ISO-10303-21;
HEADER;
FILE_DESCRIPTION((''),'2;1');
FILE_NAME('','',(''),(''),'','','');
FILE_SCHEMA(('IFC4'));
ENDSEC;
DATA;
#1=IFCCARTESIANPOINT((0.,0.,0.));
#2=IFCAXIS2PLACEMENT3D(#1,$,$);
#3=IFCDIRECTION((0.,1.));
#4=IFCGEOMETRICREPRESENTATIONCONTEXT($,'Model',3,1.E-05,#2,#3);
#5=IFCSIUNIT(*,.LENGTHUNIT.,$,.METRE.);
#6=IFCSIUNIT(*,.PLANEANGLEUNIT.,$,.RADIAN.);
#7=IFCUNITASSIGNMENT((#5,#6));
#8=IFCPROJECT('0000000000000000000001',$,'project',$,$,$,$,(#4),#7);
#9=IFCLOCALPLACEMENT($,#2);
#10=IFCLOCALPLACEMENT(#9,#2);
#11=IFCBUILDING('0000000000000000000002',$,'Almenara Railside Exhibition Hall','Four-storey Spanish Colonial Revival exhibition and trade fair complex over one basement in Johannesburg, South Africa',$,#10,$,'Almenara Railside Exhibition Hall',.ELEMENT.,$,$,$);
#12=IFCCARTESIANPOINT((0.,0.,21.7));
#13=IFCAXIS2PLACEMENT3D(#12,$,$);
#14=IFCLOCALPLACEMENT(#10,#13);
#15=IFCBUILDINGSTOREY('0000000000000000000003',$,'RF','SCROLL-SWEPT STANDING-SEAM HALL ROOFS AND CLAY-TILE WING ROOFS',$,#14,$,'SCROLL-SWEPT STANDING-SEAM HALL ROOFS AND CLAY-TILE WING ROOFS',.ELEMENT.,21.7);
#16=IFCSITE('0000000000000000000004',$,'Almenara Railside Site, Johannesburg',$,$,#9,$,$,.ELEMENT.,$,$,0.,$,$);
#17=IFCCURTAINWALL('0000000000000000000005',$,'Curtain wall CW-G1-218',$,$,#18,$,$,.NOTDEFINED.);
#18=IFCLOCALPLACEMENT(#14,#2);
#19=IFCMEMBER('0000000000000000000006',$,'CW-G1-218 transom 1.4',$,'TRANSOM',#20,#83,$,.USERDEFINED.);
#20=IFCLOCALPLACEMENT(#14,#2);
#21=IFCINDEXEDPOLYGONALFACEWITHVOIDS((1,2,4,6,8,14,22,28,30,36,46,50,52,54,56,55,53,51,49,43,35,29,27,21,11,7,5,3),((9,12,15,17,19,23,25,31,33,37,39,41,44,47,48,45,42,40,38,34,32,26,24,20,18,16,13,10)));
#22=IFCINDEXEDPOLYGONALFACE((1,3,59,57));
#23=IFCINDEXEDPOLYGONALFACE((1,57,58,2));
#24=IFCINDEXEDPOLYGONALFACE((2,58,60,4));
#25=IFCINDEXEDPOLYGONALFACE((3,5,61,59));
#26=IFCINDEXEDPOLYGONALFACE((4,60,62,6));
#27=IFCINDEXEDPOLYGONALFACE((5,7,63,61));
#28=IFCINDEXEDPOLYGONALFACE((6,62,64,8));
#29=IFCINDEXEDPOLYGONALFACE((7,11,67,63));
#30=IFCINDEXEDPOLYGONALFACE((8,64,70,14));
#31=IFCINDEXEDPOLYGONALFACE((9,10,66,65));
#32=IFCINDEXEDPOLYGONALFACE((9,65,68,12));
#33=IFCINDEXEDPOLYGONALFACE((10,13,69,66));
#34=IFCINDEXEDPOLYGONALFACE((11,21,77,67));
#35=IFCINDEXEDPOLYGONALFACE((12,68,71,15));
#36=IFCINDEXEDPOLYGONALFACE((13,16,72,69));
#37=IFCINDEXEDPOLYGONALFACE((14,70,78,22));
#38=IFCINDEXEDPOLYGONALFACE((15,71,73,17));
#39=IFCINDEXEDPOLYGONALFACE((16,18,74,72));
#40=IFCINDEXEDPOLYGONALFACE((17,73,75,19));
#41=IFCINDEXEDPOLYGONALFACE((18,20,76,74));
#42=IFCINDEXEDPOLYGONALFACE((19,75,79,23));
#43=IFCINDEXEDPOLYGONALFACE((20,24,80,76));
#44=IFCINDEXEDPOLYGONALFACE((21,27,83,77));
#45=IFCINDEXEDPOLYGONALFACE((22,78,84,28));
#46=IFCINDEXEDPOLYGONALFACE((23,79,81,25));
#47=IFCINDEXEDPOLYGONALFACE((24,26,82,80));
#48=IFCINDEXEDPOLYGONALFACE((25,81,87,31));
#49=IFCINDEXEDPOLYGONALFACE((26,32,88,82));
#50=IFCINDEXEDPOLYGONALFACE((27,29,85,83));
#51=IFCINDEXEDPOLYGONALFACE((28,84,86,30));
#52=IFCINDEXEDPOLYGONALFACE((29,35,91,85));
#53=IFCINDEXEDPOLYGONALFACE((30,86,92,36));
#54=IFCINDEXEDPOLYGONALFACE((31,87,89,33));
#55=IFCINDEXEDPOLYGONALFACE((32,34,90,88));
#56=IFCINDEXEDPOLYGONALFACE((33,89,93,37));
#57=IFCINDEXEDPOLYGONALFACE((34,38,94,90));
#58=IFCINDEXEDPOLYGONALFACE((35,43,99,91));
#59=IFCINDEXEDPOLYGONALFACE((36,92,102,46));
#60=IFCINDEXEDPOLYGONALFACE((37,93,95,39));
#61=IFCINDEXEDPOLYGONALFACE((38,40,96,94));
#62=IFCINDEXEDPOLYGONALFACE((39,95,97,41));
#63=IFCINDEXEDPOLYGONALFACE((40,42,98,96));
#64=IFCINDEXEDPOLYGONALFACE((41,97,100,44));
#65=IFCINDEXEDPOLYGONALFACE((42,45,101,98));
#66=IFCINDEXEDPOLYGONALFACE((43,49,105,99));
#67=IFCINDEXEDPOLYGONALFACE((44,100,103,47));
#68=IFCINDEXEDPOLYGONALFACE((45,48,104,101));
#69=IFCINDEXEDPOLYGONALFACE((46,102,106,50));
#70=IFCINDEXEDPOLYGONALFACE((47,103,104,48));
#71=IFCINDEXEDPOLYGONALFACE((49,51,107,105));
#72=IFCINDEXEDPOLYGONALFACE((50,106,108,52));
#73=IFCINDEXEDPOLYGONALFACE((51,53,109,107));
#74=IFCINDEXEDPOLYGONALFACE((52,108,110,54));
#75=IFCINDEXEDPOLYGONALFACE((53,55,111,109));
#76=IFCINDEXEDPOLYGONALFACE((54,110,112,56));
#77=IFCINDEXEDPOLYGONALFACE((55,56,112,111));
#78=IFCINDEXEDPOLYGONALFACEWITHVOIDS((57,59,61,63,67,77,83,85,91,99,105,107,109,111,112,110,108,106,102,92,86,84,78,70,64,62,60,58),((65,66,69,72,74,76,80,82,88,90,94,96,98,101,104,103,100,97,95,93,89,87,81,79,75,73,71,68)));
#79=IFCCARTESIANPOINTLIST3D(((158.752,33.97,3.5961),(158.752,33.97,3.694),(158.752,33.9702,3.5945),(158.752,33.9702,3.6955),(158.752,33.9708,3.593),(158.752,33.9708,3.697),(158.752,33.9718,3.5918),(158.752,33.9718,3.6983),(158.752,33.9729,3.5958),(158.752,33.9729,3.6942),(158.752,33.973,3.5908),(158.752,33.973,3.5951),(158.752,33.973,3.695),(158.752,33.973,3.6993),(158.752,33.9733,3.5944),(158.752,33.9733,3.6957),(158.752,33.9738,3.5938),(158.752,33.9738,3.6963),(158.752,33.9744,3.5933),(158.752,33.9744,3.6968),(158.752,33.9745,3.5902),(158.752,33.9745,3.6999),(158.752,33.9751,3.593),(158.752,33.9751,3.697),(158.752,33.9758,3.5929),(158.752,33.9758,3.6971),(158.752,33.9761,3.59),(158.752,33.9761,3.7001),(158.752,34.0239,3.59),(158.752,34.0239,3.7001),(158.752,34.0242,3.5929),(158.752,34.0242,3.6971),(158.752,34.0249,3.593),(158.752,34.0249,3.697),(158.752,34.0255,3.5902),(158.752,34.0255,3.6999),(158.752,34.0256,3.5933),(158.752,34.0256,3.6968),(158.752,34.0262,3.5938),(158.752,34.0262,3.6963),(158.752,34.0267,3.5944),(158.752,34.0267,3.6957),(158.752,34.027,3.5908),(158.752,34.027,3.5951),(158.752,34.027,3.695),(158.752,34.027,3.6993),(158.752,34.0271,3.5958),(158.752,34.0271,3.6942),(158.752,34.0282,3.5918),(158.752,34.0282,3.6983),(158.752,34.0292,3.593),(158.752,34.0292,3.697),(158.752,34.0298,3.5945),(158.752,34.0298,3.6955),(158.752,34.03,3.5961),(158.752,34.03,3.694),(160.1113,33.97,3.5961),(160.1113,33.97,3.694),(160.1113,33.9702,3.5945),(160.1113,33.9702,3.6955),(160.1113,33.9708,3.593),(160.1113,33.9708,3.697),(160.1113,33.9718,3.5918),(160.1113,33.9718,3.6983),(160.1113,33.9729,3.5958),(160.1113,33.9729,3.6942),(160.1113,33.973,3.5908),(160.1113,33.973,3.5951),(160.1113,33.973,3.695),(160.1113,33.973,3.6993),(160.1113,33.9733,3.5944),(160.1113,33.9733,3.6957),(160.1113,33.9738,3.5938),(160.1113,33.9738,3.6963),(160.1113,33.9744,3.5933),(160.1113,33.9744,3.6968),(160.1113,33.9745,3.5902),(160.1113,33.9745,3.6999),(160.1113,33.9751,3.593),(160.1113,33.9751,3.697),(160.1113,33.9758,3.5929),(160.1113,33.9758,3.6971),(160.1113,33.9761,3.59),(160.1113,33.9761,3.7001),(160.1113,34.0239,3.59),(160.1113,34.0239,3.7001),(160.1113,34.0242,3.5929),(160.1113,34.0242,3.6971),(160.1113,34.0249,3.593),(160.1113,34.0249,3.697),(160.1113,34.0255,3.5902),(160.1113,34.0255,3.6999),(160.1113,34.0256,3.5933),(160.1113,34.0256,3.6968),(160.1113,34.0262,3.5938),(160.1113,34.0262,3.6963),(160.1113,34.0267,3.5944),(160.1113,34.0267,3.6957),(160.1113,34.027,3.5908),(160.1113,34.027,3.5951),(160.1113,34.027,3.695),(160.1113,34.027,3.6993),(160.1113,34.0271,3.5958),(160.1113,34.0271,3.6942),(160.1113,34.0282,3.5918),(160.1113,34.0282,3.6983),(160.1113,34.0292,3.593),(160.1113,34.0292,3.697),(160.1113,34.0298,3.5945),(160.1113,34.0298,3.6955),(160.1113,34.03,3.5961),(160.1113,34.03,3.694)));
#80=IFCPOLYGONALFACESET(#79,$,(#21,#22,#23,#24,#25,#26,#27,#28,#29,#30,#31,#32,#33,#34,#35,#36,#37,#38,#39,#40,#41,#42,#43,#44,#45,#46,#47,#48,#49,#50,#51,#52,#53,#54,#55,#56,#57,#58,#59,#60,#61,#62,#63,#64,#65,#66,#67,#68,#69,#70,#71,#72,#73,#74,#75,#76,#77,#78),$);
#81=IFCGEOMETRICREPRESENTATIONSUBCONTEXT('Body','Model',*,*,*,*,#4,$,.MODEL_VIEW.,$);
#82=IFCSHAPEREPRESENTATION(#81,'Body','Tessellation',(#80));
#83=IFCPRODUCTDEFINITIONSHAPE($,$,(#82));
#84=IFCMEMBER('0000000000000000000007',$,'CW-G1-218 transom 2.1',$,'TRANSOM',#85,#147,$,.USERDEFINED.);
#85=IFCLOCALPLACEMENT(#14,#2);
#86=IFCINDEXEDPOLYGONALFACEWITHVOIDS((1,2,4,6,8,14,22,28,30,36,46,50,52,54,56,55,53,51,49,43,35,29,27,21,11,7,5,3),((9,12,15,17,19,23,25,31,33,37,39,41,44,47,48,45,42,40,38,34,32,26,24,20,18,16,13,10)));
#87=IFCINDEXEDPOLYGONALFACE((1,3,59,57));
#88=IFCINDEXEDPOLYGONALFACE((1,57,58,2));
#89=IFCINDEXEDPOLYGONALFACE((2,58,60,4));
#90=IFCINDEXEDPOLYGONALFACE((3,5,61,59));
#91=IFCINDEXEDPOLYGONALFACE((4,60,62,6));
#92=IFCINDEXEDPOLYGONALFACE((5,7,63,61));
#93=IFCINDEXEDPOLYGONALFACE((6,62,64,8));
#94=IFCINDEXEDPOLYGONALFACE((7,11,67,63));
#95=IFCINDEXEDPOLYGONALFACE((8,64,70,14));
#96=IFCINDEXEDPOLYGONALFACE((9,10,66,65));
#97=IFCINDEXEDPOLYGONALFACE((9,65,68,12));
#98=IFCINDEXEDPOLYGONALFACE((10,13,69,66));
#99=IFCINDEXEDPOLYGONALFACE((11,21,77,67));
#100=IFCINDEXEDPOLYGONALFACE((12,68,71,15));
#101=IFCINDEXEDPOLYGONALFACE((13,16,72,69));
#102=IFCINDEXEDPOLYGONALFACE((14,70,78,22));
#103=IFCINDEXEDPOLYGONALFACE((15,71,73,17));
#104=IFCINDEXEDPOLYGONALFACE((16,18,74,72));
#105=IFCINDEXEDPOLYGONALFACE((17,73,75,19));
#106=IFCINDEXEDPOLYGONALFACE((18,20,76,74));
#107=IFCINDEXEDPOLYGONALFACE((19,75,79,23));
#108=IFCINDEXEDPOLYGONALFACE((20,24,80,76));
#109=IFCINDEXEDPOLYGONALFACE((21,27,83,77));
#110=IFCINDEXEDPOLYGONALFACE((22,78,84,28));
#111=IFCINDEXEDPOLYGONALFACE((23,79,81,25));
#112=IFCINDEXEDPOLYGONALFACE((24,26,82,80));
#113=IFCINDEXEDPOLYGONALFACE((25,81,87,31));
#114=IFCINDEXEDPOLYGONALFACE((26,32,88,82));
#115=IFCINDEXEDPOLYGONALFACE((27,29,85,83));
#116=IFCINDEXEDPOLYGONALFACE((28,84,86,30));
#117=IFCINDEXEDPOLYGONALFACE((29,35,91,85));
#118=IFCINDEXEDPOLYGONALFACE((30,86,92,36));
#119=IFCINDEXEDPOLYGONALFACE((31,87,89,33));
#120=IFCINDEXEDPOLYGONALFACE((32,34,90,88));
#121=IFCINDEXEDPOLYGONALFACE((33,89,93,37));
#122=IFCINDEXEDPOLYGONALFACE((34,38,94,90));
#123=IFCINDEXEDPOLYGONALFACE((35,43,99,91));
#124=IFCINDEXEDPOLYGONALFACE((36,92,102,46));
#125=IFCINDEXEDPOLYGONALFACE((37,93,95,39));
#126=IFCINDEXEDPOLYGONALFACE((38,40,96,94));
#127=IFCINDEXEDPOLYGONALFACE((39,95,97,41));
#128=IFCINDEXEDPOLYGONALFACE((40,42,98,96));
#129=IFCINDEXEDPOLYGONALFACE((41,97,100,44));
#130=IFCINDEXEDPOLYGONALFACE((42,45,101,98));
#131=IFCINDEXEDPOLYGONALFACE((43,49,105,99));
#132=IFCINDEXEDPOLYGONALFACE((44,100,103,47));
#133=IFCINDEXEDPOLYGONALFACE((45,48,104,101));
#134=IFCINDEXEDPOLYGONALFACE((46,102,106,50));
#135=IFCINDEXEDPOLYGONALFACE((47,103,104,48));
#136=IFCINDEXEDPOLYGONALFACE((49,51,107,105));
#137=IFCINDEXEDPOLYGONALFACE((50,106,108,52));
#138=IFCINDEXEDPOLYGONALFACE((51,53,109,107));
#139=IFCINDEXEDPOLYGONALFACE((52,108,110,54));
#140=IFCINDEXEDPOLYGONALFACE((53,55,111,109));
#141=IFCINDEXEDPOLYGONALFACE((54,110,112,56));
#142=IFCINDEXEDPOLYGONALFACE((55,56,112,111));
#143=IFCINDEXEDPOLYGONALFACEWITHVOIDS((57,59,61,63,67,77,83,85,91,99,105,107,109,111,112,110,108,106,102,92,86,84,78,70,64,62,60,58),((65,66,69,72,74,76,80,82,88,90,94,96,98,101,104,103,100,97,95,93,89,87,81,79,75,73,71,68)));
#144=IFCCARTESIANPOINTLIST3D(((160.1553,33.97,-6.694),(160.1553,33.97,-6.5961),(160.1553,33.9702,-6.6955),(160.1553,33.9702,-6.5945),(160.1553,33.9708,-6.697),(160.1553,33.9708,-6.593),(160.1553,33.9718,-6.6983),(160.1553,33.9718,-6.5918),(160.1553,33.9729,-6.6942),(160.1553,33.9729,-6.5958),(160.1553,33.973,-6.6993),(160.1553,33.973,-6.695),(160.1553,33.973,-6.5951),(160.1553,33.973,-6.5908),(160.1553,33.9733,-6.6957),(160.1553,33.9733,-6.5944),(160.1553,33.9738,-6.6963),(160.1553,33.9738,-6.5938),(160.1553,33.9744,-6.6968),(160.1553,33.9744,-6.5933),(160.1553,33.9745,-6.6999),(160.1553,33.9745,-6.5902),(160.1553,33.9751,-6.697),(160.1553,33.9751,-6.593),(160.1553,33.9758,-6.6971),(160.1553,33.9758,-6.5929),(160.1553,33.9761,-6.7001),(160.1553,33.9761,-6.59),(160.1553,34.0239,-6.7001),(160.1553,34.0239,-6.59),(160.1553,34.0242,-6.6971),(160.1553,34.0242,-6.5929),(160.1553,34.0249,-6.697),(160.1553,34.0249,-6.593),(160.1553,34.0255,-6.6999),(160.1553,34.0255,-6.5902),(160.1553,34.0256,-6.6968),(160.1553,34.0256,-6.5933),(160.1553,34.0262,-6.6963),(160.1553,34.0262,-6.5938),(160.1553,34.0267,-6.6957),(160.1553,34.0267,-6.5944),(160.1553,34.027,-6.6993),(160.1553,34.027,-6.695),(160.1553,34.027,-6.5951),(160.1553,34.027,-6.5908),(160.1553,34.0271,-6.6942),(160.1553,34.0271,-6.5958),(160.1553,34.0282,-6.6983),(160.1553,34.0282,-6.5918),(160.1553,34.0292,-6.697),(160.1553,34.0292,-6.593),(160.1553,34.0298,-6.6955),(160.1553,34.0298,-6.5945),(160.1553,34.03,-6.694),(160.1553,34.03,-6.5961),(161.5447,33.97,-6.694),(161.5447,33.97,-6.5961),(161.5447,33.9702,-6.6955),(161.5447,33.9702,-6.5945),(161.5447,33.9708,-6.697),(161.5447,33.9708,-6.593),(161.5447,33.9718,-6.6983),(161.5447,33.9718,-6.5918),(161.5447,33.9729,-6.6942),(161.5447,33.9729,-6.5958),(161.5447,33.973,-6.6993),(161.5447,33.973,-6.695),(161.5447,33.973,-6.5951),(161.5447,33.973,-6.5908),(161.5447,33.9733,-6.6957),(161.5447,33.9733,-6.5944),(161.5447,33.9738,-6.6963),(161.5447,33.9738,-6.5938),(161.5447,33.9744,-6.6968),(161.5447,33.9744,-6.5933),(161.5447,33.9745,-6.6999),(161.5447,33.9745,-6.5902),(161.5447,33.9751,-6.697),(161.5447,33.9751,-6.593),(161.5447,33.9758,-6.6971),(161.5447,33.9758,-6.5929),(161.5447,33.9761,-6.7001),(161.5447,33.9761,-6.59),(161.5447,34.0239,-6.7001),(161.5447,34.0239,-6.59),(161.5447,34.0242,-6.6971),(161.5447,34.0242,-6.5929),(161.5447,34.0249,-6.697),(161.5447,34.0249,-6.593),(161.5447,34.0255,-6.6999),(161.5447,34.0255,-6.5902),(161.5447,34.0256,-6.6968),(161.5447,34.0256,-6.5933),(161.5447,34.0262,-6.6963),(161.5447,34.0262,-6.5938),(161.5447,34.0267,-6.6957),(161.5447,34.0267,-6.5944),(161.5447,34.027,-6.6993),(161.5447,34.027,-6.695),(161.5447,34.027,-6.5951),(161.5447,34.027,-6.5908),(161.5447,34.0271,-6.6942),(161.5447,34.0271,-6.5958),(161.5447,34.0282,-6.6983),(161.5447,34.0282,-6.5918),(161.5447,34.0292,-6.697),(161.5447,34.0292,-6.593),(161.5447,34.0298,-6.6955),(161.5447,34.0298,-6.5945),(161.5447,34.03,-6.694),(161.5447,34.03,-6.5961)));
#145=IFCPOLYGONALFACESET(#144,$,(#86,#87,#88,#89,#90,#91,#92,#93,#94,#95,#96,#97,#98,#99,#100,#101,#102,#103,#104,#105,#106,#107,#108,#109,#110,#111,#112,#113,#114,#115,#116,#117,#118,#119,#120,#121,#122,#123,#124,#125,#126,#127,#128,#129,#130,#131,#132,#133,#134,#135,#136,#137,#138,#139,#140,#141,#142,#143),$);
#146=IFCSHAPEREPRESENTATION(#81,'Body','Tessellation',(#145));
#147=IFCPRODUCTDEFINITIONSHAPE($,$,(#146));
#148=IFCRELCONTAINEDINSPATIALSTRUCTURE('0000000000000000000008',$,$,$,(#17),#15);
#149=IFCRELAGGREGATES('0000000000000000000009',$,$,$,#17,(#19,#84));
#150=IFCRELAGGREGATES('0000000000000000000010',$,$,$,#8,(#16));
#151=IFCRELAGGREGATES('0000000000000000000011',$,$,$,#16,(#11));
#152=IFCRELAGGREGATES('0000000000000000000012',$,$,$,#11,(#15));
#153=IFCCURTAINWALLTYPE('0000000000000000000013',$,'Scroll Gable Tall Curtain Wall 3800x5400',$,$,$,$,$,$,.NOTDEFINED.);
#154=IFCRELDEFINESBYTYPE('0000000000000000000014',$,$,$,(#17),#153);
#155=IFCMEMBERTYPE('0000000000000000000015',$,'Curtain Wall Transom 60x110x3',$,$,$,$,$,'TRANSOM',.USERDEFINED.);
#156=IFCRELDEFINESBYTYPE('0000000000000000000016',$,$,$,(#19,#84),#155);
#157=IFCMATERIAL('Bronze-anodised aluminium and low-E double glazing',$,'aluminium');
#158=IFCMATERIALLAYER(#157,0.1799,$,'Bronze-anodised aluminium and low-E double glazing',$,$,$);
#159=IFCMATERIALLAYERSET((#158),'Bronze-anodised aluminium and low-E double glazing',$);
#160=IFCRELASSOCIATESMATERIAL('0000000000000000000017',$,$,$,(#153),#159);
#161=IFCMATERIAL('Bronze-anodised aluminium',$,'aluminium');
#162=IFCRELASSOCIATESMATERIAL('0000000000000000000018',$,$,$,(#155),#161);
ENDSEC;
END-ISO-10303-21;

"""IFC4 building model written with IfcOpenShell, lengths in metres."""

from ifc_helpers import new_model, si_unit, direction, frame, origin, origin_2d, place, context, subcontext, project, spatial, hollow_rectangle, extrude, material, layer, layer_set, material_profile, profile_set, type_object, element, aggregate, save


model = new_model("IFC4")

# Units and contexts
model_context = context("Model", 3, precision=1e-05, world=origin(), true_north=direction((0.0, 1.0)))
body_context = subcontext(model_context, "Body", "Model", "MODEL_VIEW")
ifc_project = project(units=[si_unit("LENGTHUNIT", "METRE"), si_unit("PLANEANGLEUNIT", "RADIAN")], contexts=[model_context])

# Site, building, storey
site_placement = place(None, origin())
site = spatial("IfcSite", under=ifc_project, at=site_placement, Name="Almenara Railside Site, Johannesburg", CompositionType="ELEMENT", RefElevation=0.0)
building_placement = place(site_placement, origin())
building = spatial("IfcBuilding", under=site, at=building_placement, Name="Almenara Railside Exhibition Hall", Description="Four-storey Spanish Colonial Revival exhibition and trade fair complex over one basement in Johannesburg, South Africa", LongName="Almenara Railside Exhibition Hall", CompositionType="ELEMENT")
storey_placement = place(building_placement, frame((0.0, 0.0, 21.7)))
storey = spatial("IfcBuildingStorey", under=building, at=storey_placement, Name="RF", Description="SCROLL-SWEPT STANDING-SEAM HALL ROOFS AND CLAY-TILE WING ROOFS", LongName="SCROLL-SWEPT STANDING-SEAM HALL ROOFS AND CLAY-TILE WING ROOFS", CompositionType="ELEMENT", Elevation=21.7)

# Curtain wall
ifc_material_1 = material(Name="Bronze-anodised aluminium and low-E double glazing", Category="aluminium")
ifc_layer_1 = layer(ifc_material_1, 0.1799, Name="Bronze-anodised aluminium and low-E double glazing")
ifc_layer_set_1 = layer_set([ifc_layer_1], Name="Bronze-anodised aluminium and low-E double glazing")
curtain_wall_type = type_object("IfcCurtainWallType", Name="Scroll Gable Tall Curtain Wall 3800x5400", PredefinedType="NOTDEFINED", material=ifc_layer_set_1)
curtain_wall_1_placement = place(storey_placement, origin())
curtain_wall_1 = element("IfcCurtainWall", 1, at=curtain_wall_1_placement, inside=storey, type_object=curtain_wall_type, Name="Curtain wall CW-G1-218", PredefinedType="NOTDEFINED")
ifc_material_2 = material(Name="Bronze-anodised aluminium", Category="aluminium")

# Members
ifc_material_profile_1 = material_profile(ifc_material_2, hollow_rectangle(XDim=0.0601, YDim=0.1101, WallThickness=0.0029, InnerFilletRadius=0.0029, OuterFilletRadius=0.0061, at=origin_2d()), Name="ALU-TRN 60x110x3")
ifc_profile_set_1 = profile_set([ifc_material_profile_1], Name="Bronze-anodised aluminium")
member_type_1 = type_object("IfcMemberType", Name="Curtain Wall Transom 60x110x3", ElementType="TRANSOM", PredefinedType="USERDEFINED", material=ifc_profile_set_1)
member_1_placement = place(storey_placement, frame((158.752, 34.0, 3.645), z_axis=(1.0, 0.0, 0.0), x_axis=(0.0, 1.0, 0.0)))
member_1 = element("IfcMember", 2, at=member_1_placement, type_object=member_type_1, Name="CW-G1-218 transom 1.4", ObjectType="TRANSOM", PredefinedType="USERDEFINED", context=body_context, shape_type="SweptSolid", body=[
    extrude(hollow_rectangle(XDim=0.0601, YDim=0.1101, WallThickness=0.0029, InnerFilletRadius=0.0029, OuterFilletRadius=0.0061, at=origin_2d()), origin(), (0.0, 0.0, 1.0), 1.3594),
])
member_2_placement = place(storey_placement, frame((160.1553, 34.0, -6.645), z_axis=(1.0, 0.0, 0.0), x_axis=(0.0, 1.0, 0.0)))
member_2 = element("IfcMember", 3, at=member_2_placement, type_object=member_type_1, Name="CW-G1-218 transom 2.1", ObjectType="TRANSOM", PredefinedType="USERDEFINED", context=body_context, shape_type="SweptSolid", body=[
    extrude(hollow_rectangle(XDim=0.0601, YDim=0.1101, WallThickness=0.0029, InnerFilletRadius=0.0029, OuterFilletRadius=0.0061, at=origin_2d()), origin(), (0.0, 0.0, 1.0), 1.3894),
])

aggregate(curtain_wall_1, [member_1, member_2])

save(model, "model.ifc")
